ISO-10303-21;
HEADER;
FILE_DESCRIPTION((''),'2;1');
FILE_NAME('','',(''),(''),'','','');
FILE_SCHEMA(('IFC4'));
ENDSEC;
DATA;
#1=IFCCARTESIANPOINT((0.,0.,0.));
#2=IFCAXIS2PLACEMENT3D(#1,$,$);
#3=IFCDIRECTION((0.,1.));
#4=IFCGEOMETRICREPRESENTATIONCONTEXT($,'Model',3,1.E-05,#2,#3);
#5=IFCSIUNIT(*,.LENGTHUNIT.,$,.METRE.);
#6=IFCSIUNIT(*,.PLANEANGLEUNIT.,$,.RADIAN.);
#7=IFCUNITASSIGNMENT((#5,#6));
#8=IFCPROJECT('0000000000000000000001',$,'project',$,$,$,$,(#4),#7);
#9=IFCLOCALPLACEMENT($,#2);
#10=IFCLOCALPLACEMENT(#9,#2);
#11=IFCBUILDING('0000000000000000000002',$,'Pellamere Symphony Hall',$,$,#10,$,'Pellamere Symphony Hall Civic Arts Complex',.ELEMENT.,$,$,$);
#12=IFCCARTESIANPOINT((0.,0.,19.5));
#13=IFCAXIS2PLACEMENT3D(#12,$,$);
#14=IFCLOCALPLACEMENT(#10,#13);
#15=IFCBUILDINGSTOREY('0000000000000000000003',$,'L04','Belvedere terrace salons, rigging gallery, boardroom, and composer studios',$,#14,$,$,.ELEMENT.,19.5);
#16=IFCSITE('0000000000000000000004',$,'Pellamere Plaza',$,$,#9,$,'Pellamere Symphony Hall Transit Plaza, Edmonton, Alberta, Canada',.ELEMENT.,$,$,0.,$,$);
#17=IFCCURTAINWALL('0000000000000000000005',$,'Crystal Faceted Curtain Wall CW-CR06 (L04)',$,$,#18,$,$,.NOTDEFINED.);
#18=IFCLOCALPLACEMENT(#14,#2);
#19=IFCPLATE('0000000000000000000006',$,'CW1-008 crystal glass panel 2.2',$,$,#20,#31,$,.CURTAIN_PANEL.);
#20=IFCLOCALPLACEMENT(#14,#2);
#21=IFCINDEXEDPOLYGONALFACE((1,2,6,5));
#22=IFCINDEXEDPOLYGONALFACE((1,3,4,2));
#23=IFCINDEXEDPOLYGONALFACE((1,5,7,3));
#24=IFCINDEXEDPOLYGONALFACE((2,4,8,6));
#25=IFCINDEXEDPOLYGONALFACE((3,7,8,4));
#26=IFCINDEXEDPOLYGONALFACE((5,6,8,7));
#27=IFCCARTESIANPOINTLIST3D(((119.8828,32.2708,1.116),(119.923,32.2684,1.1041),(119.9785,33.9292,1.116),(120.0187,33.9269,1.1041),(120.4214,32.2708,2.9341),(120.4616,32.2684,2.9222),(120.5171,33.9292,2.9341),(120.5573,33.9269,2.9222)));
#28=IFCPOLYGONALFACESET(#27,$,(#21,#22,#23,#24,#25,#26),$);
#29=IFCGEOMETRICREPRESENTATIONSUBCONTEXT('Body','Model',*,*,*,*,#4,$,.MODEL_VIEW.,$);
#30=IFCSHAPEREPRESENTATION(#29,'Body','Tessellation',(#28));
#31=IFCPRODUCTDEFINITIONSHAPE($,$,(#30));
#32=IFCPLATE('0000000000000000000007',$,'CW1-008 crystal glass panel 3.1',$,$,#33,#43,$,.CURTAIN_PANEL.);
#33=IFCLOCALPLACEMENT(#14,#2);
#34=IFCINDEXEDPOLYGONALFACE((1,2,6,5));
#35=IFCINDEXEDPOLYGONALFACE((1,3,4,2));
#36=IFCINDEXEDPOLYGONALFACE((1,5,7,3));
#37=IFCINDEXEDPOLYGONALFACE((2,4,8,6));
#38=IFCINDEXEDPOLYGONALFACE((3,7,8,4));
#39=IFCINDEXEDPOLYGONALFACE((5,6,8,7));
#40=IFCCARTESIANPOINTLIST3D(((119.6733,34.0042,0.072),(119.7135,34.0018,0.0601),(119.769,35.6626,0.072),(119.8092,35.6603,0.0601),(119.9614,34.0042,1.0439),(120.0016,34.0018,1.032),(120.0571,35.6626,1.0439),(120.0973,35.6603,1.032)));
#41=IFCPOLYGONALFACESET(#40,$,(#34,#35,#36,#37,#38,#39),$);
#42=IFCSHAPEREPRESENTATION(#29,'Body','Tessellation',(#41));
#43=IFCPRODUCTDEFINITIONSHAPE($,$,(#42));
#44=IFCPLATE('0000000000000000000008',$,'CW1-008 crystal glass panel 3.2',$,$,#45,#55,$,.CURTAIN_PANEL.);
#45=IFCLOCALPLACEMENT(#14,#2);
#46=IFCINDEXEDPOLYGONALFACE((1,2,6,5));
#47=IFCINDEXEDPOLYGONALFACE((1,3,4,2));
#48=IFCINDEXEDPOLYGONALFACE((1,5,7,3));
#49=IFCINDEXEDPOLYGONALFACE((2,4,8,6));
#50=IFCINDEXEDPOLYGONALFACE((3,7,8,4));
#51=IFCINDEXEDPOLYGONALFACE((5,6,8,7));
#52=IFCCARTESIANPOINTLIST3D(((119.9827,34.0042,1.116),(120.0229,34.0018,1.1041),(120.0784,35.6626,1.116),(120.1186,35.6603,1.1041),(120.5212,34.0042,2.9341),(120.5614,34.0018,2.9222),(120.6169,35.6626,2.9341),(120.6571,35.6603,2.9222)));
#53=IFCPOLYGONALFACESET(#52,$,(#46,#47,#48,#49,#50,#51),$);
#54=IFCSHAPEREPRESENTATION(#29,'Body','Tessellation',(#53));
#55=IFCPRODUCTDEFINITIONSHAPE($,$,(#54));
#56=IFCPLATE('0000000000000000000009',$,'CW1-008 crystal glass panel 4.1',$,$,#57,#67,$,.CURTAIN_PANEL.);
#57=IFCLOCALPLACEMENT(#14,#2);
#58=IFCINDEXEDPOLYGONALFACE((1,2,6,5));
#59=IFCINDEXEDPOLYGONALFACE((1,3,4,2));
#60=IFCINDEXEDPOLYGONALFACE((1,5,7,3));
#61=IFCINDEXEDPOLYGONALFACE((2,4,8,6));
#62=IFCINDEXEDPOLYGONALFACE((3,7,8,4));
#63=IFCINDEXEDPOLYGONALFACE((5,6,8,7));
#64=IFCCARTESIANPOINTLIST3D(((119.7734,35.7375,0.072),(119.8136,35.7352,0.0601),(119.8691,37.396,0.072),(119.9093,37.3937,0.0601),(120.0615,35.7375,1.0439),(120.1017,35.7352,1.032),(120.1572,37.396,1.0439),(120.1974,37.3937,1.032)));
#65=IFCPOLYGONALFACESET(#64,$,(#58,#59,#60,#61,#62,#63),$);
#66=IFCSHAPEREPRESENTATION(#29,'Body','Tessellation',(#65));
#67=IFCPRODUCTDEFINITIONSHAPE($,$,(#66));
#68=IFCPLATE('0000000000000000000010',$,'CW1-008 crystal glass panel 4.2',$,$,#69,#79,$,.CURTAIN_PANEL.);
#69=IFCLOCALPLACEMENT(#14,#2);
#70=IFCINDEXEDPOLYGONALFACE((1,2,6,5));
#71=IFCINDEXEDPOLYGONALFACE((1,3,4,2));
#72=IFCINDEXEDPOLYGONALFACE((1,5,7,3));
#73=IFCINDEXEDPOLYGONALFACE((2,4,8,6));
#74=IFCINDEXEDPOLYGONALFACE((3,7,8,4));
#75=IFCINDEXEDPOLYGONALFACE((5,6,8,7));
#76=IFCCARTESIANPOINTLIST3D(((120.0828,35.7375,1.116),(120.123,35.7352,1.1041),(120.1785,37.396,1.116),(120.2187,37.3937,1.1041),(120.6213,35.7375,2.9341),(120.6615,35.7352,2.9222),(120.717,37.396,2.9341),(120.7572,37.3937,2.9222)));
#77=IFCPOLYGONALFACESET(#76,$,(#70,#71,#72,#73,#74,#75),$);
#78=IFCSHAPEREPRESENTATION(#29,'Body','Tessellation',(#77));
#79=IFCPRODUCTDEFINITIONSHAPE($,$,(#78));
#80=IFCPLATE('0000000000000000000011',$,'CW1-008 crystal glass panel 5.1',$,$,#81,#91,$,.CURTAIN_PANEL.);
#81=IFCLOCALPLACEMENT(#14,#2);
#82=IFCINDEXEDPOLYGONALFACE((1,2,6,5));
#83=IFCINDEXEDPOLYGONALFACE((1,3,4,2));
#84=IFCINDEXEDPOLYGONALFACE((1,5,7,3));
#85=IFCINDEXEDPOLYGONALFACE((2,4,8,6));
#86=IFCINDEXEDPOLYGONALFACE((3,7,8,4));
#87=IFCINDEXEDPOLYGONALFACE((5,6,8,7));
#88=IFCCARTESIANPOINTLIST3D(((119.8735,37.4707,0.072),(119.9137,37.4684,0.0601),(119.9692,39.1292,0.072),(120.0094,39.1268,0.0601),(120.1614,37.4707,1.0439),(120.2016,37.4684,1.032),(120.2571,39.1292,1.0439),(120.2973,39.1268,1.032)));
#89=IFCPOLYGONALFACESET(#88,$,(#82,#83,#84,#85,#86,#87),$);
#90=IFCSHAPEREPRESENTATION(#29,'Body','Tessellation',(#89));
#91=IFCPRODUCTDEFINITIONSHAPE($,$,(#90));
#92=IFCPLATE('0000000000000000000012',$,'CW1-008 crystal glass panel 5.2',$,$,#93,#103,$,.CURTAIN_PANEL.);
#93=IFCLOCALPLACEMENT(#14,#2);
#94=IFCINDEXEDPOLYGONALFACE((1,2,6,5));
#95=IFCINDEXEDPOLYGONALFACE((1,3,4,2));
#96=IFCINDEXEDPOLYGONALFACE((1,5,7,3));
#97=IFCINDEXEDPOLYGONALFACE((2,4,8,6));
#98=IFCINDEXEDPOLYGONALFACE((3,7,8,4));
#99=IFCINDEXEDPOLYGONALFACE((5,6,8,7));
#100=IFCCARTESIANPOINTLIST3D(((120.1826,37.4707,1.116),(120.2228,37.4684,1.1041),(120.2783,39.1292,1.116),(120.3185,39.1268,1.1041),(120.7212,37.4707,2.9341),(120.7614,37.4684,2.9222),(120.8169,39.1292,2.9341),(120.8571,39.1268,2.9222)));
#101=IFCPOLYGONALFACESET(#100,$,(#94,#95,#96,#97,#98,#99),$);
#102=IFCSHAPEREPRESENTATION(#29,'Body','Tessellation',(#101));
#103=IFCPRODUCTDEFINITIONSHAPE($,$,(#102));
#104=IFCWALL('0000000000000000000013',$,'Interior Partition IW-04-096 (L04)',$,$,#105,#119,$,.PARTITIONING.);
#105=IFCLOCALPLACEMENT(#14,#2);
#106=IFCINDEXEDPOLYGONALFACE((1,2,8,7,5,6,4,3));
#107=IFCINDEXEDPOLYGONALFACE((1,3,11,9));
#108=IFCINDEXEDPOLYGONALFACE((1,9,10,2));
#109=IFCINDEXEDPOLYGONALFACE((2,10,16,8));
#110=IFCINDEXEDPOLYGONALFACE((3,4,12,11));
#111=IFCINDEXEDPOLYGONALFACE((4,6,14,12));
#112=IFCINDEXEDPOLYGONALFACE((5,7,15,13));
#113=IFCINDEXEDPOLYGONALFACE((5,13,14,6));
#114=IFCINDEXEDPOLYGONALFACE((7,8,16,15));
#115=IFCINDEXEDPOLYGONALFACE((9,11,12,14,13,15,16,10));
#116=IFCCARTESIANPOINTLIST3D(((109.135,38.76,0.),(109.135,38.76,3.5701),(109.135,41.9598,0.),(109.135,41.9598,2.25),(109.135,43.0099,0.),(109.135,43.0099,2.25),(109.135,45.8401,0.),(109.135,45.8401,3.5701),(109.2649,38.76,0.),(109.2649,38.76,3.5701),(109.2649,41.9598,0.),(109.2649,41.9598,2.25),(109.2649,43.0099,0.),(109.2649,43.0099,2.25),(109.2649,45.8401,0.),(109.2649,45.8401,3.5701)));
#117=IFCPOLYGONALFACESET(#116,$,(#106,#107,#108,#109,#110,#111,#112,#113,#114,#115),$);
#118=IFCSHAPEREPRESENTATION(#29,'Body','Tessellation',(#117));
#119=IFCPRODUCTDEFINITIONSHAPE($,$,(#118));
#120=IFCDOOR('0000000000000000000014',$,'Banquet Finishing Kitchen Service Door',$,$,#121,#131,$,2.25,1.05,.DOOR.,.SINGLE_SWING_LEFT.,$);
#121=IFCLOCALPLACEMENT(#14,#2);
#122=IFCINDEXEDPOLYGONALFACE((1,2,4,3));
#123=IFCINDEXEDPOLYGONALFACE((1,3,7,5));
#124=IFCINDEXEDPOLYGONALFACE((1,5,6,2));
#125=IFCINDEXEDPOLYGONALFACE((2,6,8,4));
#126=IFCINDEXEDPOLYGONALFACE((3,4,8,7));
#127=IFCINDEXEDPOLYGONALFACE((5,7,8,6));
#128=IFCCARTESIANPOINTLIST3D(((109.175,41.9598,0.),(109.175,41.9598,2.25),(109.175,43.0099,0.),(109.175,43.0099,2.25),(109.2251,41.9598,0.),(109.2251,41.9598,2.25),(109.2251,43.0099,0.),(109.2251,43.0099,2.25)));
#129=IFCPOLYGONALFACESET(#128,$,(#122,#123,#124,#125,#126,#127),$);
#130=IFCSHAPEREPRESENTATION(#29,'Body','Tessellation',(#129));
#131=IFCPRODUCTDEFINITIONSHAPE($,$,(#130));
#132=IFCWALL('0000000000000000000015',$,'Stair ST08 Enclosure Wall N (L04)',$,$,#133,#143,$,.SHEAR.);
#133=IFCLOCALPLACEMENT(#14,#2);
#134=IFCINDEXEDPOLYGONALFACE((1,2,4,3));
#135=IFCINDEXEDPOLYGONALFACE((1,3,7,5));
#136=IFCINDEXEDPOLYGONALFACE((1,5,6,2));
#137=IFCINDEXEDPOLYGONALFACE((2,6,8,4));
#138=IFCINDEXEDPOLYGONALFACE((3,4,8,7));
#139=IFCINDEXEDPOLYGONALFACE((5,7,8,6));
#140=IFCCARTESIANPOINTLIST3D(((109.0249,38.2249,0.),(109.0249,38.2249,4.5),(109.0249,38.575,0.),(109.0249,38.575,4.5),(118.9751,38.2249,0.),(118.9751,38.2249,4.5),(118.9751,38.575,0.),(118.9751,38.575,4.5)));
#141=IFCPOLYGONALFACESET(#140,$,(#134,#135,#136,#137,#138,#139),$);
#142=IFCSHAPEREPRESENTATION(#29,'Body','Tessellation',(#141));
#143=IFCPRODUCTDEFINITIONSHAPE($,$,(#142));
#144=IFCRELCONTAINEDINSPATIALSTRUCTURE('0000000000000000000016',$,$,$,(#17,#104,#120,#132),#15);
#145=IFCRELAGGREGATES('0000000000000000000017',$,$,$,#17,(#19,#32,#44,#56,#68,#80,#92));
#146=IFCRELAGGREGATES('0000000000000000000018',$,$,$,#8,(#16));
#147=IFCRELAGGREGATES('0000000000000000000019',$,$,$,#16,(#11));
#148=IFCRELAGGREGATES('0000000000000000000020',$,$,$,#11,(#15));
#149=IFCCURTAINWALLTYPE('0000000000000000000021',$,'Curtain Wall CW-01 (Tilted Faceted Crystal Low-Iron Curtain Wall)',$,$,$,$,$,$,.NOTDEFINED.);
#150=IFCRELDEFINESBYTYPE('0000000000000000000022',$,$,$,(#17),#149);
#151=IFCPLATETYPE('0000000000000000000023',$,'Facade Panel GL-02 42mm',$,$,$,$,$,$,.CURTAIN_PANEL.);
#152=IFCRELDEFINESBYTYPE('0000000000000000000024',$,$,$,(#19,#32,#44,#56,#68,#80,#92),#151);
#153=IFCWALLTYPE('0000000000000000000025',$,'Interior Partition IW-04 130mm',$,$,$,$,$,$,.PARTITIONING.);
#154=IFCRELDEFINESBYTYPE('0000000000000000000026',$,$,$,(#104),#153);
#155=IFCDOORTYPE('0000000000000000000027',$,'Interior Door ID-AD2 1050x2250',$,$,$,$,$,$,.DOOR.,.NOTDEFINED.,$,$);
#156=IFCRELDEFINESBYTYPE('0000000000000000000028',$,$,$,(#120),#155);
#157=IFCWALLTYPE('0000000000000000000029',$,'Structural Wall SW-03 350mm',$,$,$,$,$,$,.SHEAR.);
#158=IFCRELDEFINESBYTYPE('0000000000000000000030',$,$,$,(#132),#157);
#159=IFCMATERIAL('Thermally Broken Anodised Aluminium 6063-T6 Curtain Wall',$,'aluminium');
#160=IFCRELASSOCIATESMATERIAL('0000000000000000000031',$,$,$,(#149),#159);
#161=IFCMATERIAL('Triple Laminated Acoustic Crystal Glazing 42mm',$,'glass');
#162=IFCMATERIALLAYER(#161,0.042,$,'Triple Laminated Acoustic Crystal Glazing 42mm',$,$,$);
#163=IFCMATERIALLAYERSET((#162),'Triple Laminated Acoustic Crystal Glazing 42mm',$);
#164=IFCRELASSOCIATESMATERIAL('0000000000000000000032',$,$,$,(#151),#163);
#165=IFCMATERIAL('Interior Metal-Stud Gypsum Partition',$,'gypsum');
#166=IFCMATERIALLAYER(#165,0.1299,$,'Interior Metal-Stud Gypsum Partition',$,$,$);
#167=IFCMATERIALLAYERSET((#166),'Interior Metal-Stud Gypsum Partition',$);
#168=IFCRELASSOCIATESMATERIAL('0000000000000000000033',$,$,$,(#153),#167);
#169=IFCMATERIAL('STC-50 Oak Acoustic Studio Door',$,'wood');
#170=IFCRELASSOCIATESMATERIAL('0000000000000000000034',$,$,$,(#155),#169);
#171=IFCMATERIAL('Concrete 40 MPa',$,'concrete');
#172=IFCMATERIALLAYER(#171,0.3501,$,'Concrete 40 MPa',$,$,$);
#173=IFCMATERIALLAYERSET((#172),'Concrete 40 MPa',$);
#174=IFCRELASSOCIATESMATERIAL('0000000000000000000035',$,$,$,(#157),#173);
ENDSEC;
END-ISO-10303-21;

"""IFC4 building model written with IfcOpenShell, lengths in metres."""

from ifc_helpers import new_model, si_unit, direction, frame, frame_2d, origin, place, context, subcontext, project, spatial, polyline, rectangle, outline, extrude, material, layer, layer_set, type_object, element, fill, aggregate, save


model = new_model("IFC4")

# Units and contexts
model_context = context("Model", 3, precision=1e-05, world=origin(), true_north=direction((0.0, 1.0)))
body_context = subcontext(model_context, "Body", "Model", "MODEL_VIEW")
ifc_project = project(units=[si_unit("LENGTHUNIT", "METRE"), si_unit("PLANEANGLEUNIT", "RADIAN")], contexts=[model_context])

# Site, building, storey
site_placement = place(None, origin())
site = spatial("IfcSite", under=ifc_project, at=site_placement, Name="Pellamere Plaza", LongName="Pellamere Symphony Hall Transit Plaza, Edmonton, Alberta, Canada", CompositionType="ELEMENT", RefElevation=0.0)
building_placement = place(site_placement, origin())
building = spatial("IfcBuilding", under=site, at=building_placement, Name="Pellamere Symphony Hall", LongName="Pellamere Symphony Hall Civic Arts Complex", CompositionType="ELEMENT")
storey_placement = place(building_placement, frame((0.0, 0.0, 19.5)))
storey = spatial("IfcBuildingStorey", under=building, at=storey_placement, Name="L04", Description="Belvedere terrace salons, rigging gallery, boardroom, and composer studios", CompositionType="ELEMENT", Elevation=19.5)

# Shared definitions
ifc_material_1 = material(Name="Concrete 40 MPa", Category="concrete")

# Curtain wall
ifc_material_2 = material(Name="Thermally Broken Anodised Aluminium 6063-T6 Curtain Wall", Category="aluminium")
curtain_wall_type = type_object("IfcCurtainWallType", Name="Curtain Wall CW-01 (Tilted Faceted Crystal Low-Iron Curtain Wall)", PredefinedType="NOTDEFINED", material=ifc_material_2)
curtain_wall_placement = place(storey_placement, origin())
curtain_wall = element("IfcCurtainWall", 1, at=curtain_wall_placement, inside=storey, type_object=curtain_wall_type, Name="Crystal Faceted Curtain Wall CW-CR06 (L04)", PredefinedType="NOTDEFINED")

# Plates
ifc_material_3 = material(Name="Triple Laminated Acoustic Crystal Glazing 42mm", Category="glass")
ifc_layer_1 = layer(ifc_material_3, 0.042, Name="Triple Laminated Acoustic Crystal Glazing 42mm")
ifc_layer_set_1 = layer_set([ifc_layer_1], Name="Triple Laminated Acoustic Crystal Glazing 42mm")
plate_type = type_object("IfcPlateType", Name="Facade Panel GL-02 42mm", PredefinedType="CURTAIN_PANEL", material=ifc_layer_set_1)
plate_1_placement = place(storey_placement, frame((119.8828, 32.2708, 1.116), z_axis=(-0.957352, 0.055245, 0.283593), x_axis=(0.057611, 0.998339, 0.0)))
plate_1 = element("IfcPlate", 2, at=plate_1_placement, type_object=plate_type, Name="CW1-008 crystal glass panel 2.2", PredefinedType="CURTAIN_PANEL", context=body_context, shape_type="SweptSolid", body=[
    extrude(outline(polyline([(0.0, 0.0), (1.6612, 0.0), (1.6922, -1.896), (0.031, -1.896), (0.0, 0.0)])), origin(), (0.0, 0.0, -1.0), 0.042),
])
plate_2_placement = place(storey_placement, frame((119.6733, 34.0042, 0.072), z_axis=(-0.957305, 0.055243, 0.283753), x_axis=(0.057611, 0.998339, 0.0)))
plate_2 = element("IfcPlate", 3, at=plate_2_placement, type_object=plate_type, Name="CW1-008 crystal glass panel 3.1", PredefinedType="CURTAIN_PANEL", context=body_context, shape_type="SweptSolid", body=[
    extrude(outline(polyline([(0.0, 0.0), (1.6612, 0.0), (1.6778, -1.0136), (0.0166, -1.0136), (0.0, 0.0)])), origin(), (0.0, 0.0, -1.0), 0.042),
])
plate_3_placement = place(storey_placement, frame((119.9827, 34.0042, 1.116), z_axis=(-0.957352, 0.055245, 0.283593), x_axis=(0.057611, 0.998339, 0.0)))
plate_3 = element("IfcPlate", 4, at=plate_3_placement, type_object=plate_type, Name="CW1-008 crystal glass panel 3.2", PredefinedType="CURTAIN_PANEL", context=body_context, shape_type="SweptSolid", body=[
    extrude(outline(polyline([(0.0, 0.0), (1.6612, 0.0), (1.6922, -1.896), (0.031, -1.896), (0.0, 0.0)])), origin(), (0.0, 0.0, -1.0), 0.042),
])
plate_4_placement = place(storey_placement, frame((119.7734, 35.7375, 0.072), z_axis=(-0.957305, 0.055243, 0.283753), x_axis=(0.057611, 0.998339, 0.0)))
plate_4 = element("IfcPlate", 5, at=plate_4_placement, type_object=plate_type, Name="CW1-008 crystal glass panel 4.1", PredefinedType="CURTAIN_PANEL", context=body_context, shape_type="SweptSolid", body=[
    extrude(outline(polyline([(0.0, 0.0), (1.6612, 0.0), (1.6778, -1.0136), (0.0166, -1.0136), (0.0, 0.0)])), origin(), (0.0, 0.0, -1.0), 0.042),
])
plate_5_placement = place(storey_placement, frame((120.0828, 35.7375, 1.116), z_axis=(-0.957352, 0.055245, 0.283593), x_axis=(0.057611, 0.998339, 0.0)))
plate_5 = element("IfcPlate", 6, at=plate_5_placement, type_object=plate_type, Name="CW1-008 crystal glass panel 4.2", PredefinedType="CURTAIN_PANEL", context=body_context, shape_type="SweptSolid", body=[
    extrude(outline(polyline([(0.0, 0.0), (1.6612, 0.0), (1.6922, -1.896), (0.031, -1.896), (0.0, 0.0)])), origin(), (0.0, 0.0, -1.0), 0.042),
])
plate_6_placement = place(storey_placement, frame((119.8735, 37.4707, 0.072), z_axis=(-0.95737, 0.055246, 0.283532), x_axis=(0.057611, 0.998339, 0.0)))
plate_6 = element("IfcPlate", 7, at=plate_6_placement, type_object=plate_type, Name="CW1-008 crystal glass panel 5.1", PredefinedType="CURTAIN_PANEL", context=body_context, shape_type="SweptSolid", body=[
    extrude(outline(polyline([(0.0, 0.0), (1.6612, 0.0), (1.6778, -1.0135), (0.0166, -1.0135), (0.0, 0.0)])), origin(), (0.0, 0.0, -1.0), 0.042),
])
plate_7_placement = place(storey_placement, frame((120.1826, 37.4707, 1.116), z_axis=(-0.957352, 0.055245, 0.283593), x_axis=(0.057611, 0.998339, 0.0)))
plate_7 = element("IfcPlate", 8, at=plate_7_placement, type_object=plate_type, Name="CW1-008 crystal glass panel 5.2", PredefinedType="CURTAIN_PANEL", context=body_context, shape_type="SweptSolid", body=[
    extrude(outline(polyline([(0.0, 0.0), (1.6612, 0.0), (1.6922, -1.896), (0.031, -1.896), (0.0, 0.0)])), origin(), (0.0, 0.0, -1.0), 0.042),
])
aggregate(curtain_wall, [plate_1, plate_2, plate_3, plate_4, plate_5, plate_6, plate_7])

# Wall, opening, door
ifc_material_4 = material(Name="Interior Metal-Stud Gypsum Partition", Category="gypsum")
ifc_layer_2 = layer(ifc_material_4, 0.1299, Name="Interior Metal-Stud Gypsum Partition")
ifc_layer_set_2 = layer_set([ifc_layer_2], Name="Interior Metal-Stud Gypsum Partition")
wall_type_1 = type_object("IfcWallType", Name="Interior Partition IW-04 130mm", PredefinedType="PARTITIONING", material=ifc_layer_set_2)
wall_1_placement = place(storey_placement, frame((109.2, 38.76, 0.0), z_axis=(0.0, 0.0, 1.0), x_axis=(0.0, 1.0, 0.0)))
wall_1 = element("IfcWall", 9, at=wall_1_placement, inside=storey, type_object=wall_type_1, Name="Interior Partition IW-04-096 (L04)", PredefinedType="PARTITIONING", context=body_context, shape_type="SweptSolid", body=[
    extrude(rectangle(XDim=7.0801, YDim=0.1299, at=frame_2d((3.54, 0.0))), origin(), (0.0, 0.0, 1.0), 3.5701),
])
opening_placement = place(wall_1_placement, frame((3.2, 0.0, 0.0)))
opening = element("IfcOpeningElement", 10, at=opening_placement, cuts=wall_1, PredefinedType="OPENING", context=body_context, shape_type="SweptSolid", body=[
    extrude(rectangle(XDim=1.05, YDim=2.25, at=frame_2d((0.5249, 1.125))), frame((0.0, 0.075, 0.0), z_axis=(0.0, -1.0, 0.0), x_axis=(1.0, 0.0, 0.0)), (0.0, 0.0, 1.0), 0.1499),
])
ifc_material_5 = material(Name="STC-50 Oak Acoustic Studio Door", Category="wood")
door_type = type_object("IfcDoorType", Name="Interior Door ID-AD2 1050x2250", OperationType="NOTDEFINED", PredefinedType="DOOR", material=ifc_material_5)
door_placement = place(opening_placement, origin())
door = element("IfcDoor", 11, at=door_placement, inside=storey, type_object=door_type, Name="Banquet Finishing Kitchen Service Door", OperationType="SINGLE_SWING_LEFT", OverallHeight=2.25, OverallWidth=1.05, PredefinedType="DOOR", context=body_context, shape_type="SweptSolid", body=[
    extrude(rectangle(XDim=1.05, YDim=2.25, at=frame_2d((0.5249, 1.125))), frame((0.0, 0.0249, 0.0), z_axis=(0.0, -1.0, 0.0), x_axis=(1.0, 0.0, 0.0)), (0.0, 0.0, 1.0), 0.05),
])
fill(opening, door)

# Wall
ifc_layer_3 = layer(ifc_material_1, 0.3501, Name="Concrete 40 MPa")
ifc_layer_set_3 = layer_set([ifc_layer_3], Name="Concrete 40 MPa")
wall_type_2 = type_object("IfcWallType", Name="Structural Wall SW-03 350mm", PredefinedType="SHEAR", material=ifc_layer_set_3)
wall_2_placement = place(storey_placement, frame((109.0249, 38.3999, 0.0), z_axis=(0.0, 0.0, 1.0), x_axis=(1.0, 0.0, 0.0)))
element("IfcWall", 12, at=wall_2_placement, inside=storey, type_object=wall_type_2, Name="Stair ST08 Enclosure Wall N (L04)", PredefinedType="SHEAR", context=body_context, shape_type="SweptSolid", body=[
    extrude(rectangle(XDim=9.9502, YDim=0.3501, at=frame_2d((4.9751, 0.0))), origin(), (0.0, 0.0, 1.0), 4.5),
])

save(model, "model.ifc")
